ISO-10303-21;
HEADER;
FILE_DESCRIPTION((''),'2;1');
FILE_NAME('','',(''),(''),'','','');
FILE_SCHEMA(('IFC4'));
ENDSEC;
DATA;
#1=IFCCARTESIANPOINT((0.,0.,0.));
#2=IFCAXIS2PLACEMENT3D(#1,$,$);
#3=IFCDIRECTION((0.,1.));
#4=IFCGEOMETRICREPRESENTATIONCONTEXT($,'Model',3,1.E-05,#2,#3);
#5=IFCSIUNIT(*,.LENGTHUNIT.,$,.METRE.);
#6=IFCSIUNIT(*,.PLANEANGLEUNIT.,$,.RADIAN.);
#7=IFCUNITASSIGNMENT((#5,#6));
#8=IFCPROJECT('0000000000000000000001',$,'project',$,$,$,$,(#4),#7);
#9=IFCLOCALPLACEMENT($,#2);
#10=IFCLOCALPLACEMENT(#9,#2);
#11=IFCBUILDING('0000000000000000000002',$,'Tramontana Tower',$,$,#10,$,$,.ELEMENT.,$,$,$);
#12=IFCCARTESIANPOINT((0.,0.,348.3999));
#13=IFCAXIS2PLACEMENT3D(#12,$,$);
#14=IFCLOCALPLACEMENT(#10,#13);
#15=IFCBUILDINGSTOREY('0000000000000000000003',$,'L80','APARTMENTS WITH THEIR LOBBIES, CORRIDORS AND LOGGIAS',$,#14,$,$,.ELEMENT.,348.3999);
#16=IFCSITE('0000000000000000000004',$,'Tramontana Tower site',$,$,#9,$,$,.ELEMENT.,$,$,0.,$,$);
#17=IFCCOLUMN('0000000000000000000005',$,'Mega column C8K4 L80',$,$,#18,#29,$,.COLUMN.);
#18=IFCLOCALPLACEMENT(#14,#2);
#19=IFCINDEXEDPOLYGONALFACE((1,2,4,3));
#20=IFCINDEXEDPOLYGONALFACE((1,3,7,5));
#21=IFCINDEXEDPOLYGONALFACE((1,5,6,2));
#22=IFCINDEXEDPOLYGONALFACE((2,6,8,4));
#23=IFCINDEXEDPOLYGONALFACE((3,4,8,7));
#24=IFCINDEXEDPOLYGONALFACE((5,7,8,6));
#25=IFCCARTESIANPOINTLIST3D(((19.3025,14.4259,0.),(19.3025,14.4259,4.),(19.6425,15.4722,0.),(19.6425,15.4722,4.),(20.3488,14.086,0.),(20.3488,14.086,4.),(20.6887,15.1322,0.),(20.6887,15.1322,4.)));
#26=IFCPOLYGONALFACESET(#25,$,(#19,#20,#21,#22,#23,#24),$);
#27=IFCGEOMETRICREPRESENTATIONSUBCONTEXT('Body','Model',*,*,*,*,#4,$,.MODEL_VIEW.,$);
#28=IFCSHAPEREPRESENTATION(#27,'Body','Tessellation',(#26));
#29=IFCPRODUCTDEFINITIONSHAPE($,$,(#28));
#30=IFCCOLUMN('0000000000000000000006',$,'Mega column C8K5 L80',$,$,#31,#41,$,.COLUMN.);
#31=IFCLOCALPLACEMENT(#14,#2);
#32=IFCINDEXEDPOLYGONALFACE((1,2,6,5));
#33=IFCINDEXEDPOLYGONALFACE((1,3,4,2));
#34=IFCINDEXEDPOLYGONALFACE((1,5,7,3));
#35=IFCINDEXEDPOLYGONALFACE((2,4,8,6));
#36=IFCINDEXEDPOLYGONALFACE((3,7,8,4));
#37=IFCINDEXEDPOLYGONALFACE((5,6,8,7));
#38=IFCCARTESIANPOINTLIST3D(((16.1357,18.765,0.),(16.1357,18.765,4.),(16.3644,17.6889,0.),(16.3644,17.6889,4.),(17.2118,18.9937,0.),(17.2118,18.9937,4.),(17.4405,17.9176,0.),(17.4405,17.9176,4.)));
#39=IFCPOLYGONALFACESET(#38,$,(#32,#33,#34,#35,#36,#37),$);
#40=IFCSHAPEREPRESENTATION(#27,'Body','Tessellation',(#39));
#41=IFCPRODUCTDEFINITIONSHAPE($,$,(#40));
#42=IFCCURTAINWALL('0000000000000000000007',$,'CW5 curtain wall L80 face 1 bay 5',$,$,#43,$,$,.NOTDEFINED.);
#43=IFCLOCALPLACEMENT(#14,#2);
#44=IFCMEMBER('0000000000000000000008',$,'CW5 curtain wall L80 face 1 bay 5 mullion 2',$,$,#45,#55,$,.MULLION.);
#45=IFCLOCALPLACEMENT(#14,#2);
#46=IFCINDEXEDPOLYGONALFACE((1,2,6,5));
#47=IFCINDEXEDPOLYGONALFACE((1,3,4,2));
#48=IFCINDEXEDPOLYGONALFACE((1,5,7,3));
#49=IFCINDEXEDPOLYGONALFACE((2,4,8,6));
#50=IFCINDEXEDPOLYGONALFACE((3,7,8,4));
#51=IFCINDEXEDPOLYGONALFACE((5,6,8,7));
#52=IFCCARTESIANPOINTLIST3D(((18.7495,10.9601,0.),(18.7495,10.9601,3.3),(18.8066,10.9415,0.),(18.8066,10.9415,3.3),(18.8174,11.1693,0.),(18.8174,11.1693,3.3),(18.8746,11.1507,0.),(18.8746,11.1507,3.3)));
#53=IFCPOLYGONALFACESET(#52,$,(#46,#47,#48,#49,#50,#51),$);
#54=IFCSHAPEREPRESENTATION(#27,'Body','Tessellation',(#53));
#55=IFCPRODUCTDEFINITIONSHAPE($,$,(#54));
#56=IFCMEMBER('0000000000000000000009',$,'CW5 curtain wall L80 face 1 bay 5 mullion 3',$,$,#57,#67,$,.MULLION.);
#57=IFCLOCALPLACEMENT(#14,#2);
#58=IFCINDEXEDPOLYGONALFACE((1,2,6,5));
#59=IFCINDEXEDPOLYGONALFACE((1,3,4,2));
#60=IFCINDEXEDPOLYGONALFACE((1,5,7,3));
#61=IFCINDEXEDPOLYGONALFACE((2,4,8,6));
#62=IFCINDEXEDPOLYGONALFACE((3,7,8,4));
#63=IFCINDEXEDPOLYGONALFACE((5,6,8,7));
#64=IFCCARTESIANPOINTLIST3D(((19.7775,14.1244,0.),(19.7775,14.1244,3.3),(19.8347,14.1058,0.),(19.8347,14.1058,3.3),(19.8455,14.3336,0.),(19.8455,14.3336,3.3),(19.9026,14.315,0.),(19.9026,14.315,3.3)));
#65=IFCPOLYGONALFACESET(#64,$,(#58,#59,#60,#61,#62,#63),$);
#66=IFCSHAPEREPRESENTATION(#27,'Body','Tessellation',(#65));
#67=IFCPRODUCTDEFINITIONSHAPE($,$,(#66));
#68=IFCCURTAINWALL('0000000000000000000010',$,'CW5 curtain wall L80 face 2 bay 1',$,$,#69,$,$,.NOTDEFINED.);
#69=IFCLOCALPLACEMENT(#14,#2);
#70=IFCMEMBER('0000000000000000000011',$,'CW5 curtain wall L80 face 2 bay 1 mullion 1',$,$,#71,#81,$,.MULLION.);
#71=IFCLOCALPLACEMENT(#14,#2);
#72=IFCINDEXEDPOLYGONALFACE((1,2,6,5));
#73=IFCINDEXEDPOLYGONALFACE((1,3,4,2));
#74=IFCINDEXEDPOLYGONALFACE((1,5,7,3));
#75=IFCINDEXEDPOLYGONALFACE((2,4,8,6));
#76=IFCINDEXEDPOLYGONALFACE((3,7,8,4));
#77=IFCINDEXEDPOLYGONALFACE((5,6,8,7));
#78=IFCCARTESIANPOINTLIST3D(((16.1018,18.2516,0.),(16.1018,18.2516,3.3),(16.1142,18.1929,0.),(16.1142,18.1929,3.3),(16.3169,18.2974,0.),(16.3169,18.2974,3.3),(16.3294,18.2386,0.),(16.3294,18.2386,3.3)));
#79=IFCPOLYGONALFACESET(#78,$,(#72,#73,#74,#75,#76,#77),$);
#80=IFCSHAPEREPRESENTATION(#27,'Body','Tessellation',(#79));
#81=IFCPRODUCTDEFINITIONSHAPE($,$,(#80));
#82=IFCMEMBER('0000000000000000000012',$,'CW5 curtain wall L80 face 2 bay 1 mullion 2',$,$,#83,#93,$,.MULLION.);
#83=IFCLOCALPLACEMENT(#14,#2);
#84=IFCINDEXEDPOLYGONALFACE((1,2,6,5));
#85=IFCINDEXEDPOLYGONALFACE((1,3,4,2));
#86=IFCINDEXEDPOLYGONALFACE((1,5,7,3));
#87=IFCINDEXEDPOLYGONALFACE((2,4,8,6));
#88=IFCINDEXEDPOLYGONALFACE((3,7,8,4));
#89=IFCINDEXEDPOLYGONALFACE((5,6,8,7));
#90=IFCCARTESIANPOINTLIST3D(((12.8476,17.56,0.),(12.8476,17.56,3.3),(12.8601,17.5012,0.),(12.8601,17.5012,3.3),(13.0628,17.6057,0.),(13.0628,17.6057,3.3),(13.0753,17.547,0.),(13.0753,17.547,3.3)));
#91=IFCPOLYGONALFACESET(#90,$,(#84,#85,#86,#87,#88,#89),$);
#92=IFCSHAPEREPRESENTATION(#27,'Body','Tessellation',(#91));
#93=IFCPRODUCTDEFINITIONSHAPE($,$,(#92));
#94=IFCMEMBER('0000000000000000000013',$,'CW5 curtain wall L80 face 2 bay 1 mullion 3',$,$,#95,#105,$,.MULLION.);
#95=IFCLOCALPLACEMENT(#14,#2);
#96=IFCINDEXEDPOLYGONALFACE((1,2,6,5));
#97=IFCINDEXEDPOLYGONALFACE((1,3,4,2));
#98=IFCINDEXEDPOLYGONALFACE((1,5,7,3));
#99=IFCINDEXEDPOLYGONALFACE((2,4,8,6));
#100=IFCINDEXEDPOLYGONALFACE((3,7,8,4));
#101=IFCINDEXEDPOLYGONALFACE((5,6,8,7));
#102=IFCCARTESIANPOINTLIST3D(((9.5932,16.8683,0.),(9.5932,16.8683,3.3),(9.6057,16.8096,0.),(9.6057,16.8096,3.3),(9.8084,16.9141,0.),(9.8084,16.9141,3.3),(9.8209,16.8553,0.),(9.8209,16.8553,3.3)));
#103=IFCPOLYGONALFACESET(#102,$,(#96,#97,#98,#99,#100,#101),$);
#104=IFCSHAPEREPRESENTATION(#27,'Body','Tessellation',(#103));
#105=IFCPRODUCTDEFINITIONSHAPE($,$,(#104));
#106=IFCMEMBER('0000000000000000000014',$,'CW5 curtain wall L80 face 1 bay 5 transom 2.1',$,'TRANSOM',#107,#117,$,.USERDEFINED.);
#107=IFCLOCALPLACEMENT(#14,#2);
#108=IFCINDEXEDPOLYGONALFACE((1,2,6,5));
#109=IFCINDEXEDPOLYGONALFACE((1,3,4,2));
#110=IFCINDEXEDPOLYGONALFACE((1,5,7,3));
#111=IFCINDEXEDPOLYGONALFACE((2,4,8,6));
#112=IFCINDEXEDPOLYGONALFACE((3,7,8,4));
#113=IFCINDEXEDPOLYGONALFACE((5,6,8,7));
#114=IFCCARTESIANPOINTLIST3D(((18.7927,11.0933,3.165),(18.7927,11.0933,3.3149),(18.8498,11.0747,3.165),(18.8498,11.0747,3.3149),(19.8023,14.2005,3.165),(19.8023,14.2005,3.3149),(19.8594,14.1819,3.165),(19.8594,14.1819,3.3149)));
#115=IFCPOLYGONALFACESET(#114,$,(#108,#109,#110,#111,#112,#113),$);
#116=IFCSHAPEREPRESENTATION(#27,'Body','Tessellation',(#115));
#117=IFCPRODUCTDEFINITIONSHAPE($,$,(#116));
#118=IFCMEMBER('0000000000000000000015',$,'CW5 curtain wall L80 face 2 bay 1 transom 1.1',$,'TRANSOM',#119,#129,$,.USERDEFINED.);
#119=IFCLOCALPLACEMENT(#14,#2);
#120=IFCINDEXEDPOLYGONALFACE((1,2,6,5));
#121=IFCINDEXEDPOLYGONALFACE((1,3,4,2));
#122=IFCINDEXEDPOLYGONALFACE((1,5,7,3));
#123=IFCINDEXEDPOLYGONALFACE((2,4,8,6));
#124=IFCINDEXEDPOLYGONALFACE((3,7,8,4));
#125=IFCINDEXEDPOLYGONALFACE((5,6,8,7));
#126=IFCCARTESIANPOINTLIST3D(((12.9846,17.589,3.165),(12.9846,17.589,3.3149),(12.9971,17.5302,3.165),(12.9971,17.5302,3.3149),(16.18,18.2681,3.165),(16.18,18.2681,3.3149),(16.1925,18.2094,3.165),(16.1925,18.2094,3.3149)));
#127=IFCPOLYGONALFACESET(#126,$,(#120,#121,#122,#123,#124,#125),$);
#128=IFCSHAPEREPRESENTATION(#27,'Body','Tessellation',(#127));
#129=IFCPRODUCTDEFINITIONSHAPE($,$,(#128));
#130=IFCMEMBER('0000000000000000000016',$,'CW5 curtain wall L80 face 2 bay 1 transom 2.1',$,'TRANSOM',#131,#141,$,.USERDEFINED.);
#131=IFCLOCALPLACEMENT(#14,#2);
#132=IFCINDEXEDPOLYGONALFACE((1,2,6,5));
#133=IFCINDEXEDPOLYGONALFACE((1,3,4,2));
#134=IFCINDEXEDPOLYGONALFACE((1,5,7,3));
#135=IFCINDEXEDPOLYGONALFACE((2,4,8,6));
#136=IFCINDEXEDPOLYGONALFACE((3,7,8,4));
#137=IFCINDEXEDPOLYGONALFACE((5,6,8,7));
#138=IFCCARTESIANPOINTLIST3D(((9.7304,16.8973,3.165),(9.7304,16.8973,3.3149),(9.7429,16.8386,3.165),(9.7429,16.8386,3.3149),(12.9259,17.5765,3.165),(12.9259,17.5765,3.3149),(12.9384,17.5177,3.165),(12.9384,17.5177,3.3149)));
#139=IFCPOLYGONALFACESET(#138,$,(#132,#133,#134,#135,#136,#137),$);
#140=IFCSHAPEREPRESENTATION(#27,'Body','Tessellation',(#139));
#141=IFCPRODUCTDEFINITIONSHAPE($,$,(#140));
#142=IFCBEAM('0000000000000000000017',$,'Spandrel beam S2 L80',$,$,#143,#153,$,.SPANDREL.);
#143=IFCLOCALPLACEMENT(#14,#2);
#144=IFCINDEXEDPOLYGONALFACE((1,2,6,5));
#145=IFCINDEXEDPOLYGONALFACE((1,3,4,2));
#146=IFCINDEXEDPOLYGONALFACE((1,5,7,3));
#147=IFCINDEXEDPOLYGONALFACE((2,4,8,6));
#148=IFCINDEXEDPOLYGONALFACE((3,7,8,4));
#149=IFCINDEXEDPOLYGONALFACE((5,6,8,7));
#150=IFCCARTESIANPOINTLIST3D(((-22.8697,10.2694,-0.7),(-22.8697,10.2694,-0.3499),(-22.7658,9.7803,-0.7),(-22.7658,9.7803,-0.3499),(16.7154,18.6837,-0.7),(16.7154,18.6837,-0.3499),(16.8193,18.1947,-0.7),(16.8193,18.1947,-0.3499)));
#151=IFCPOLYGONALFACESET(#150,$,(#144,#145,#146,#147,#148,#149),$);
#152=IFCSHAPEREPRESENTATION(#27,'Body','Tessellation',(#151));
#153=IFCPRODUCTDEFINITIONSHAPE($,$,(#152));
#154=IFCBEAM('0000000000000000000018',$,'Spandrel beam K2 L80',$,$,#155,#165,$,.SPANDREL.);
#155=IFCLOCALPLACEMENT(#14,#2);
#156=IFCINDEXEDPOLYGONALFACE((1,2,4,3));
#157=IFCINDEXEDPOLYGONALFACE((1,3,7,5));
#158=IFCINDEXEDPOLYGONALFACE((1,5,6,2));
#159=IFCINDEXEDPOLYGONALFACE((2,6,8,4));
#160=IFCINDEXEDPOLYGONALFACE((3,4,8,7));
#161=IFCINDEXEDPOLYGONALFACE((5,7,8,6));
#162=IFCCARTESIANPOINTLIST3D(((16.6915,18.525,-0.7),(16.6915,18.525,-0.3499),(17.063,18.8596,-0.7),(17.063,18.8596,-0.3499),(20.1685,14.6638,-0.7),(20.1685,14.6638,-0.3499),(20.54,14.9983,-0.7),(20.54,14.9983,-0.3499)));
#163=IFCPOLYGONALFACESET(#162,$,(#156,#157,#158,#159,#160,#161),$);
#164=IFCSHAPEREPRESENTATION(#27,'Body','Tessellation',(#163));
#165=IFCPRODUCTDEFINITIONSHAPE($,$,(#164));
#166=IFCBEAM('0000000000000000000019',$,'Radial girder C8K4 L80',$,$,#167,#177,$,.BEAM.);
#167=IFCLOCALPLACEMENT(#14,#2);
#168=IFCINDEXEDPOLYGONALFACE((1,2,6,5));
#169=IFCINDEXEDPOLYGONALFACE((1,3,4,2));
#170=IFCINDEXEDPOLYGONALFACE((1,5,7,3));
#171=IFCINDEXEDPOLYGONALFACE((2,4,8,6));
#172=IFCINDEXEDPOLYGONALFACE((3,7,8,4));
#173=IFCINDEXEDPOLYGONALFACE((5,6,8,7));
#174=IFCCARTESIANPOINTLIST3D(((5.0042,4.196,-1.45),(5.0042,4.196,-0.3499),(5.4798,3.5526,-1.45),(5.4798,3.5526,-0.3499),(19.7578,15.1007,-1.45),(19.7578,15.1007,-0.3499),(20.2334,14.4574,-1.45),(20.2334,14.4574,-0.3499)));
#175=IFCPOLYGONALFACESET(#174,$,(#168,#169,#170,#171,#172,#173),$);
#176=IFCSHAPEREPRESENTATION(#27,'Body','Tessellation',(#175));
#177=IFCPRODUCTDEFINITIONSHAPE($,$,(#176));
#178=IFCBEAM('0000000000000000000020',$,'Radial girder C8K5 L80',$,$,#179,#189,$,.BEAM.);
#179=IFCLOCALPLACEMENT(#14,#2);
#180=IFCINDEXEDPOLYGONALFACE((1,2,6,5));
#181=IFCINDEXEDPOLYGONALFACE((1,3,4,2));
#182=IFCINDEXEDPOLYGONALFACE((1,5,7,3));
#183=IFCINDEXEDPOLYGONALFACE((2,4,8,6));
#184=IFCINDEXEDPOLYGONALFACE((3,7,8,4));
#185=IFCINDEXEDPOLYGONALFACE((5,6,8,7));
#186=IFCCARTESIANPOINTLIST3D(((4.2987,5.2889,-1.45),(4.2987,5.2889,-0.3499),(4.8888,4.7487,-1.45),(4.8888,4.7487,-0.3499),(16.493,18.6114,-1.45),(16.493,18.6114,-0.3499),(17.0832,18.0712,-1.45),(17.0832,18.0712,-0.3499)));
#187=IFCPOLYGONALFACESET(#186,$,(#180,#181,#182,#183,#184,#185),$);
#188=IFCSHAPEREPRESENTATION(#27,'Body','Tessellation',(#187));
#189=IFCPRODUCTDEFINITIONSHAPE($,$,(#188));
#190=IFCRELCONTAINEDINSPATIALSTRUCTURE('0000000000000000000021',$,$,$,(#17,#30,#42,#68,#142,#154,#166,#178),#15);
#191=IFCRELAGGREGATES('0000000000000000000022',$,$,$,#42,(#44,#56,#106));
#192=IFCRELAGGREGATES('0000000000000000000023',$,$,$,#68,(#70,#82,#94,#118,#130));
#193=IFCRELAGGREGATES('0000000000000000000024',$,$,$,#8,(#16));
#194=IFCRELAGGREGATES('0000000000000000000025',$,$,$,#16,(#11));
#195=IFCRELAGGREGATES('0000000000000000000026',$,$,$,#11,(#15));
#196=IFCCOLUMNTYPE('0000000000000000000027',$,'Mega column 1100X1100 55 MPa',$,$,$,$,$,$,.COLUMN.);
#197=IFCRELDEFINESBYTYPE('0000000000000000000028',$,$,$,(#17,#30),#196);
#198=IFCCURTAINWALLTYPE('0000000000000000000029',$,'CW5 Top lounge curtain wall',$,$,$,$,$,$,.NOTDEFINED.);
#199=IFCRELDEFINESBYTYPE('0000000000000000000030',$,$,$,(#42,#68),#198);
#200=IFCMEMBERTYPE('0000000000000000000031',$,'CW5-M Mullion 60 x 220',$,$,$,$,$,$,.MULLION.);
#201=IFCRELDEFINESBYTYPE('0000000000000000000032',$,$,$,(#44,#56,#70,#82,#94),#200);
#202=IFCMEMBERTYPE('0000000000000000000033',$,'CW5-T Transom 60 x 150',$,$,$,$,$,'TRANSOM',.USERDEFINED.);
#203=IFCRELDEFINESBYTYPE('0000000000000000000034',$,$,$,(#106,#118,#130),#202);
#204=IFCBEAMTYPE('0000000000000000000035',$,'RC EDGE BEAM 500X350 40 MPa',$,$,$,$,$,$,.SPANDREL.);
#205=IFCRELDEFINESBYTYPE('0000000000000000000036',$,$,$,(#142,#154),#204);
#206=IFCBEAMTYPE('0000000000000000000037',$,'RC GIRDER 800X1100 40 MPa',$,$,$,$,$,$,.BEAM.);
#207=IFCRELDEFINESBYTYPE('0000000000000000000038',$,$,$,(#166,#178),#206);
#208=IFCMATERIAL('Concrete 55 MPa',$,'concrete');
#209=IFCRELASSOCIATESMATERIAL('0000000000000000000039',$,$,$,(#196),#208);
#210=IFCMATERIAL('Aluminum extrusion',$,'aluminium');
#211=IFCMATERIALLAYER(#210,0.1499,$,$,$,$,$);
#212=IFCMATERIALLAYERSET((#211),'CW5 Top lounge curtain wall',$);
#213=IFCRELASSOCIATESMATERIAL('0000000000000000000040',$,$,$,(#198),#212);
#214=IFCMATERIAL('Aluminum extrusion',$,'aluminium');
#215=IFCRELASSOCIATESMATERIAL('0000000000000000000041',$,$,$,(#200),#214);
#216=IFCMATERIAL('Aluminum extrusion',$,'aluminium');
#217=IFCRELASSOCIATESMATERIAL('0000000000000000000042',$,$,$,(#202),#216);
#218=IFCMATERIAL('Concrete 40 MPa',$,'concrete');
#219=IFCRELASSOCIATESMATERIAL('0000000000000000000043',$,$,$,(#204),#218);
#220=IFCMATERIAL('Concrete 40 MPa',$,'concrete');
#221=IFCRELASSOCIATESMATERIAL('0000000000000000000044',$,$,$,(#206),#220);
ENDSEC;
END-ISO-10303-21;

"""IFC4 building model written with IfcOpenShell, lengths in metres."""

from ifc_helpers import new_model, si_unit, direction, frame, origin, origin_2d, place, context, subcontext, project, spatial, rectangle, extrude, material, layer, layer_set, material_profile, profile_set, type_object, element, aggregate, save


model = new_model("IFC4")

# Units and contexts
model_context = context("Model", 3, precision=1e-05, world=origin(), true_north=direction((0.0, 1.0)))
body_context = subcontext(model_context, "Body", "Model", "MODEL_VIEW")
ifc_project = project(units=[si_unit("LENGTHUNIT", "METRE"), si_unit("PLANEANGLEUNIT", "RADIAN")], contexts=[model_context])

# Site, building, storey
site_placement = place(None, origin())
site = spatial("IfcSite", under=ifc_project, at=site_placement, Name="Tramontana Tower site", CompositionType="ELEMENT", RefElevation=0.0)
building_placement = place(site_placement, origin())
building = spatial("IfcBuilding", under=site, at=building_placement, Name="Tramontana Tower", CompositionType="ELEMENT")
storey_placement = place(building_placement, frame((0.0, 0.0, 348.3999)))
storey = spatial("IfcBuildingStorey", under=building, at=storey_placement, Name="L80", Description="APARTMENTS WITH THEIR LOBBIES, CORRIDORS AND LOGGIAS", CompositionType="ELEMENT", Elevation=348.3999)

# Columns
ifc_material_1 = material(Name="Concrete 55 MPa", Category="concrete")
ifc_material_profile_1 = material_profile(ifc_material_1, rectangle(XDim=1.1001, YDim=1.1001, at=origin_2d()), Name="Mega column 1100X1100 55 MPa")
ifc_profile_set_1 = profile_set([ifc_material_profile_1], Name="Concrete 55 MPa")
column_type = type_object("IfcColumnType", Name="Mega column 1100X1100 55 MPa", PredefinedType="COLUMN", material=ifc_profile_set_1)
for number, where, z_axis, x_axis, name in (
    (1, (19.9956, 14.7791, 0.0), (0.0, 0.0, 1.0), (0.309017, 0.951057, 0.0), "Mega column C8K4 L80"),
    (2, (16.7881, 18.3413, 0.0), (0.0, 0.0, 1.0), (-0.978148, -0.207912, 0.0), "Mega column C8K5 L80"),
):
    element("IfcColumn", number, at=place(storey_placement, frame(where, z_axis=z_axis, x_axis=x_axis)), inside=storey, type_object=column_type, Name=name, PredefinedType="COLUMN", context=body_context, shape_type="SweptSolid", body=[
        extrude(rectangle(XDim=1.1001, YDim=1.1001, at=origin_2d()), origin(), (0.0, 0.0, 1.0), 4.0),
    ])

# Curtain walls, members
ifc_material_2 = material(Name="Aluminum extrusion", Category="aluminium")
ifc_layer_1 = layer(ifc_material_2, 0.1499)
ifc_layer_set_1 = layer_set([ifc_layer_1], Name="CW5 Top lounge curtain wall")
curtain_wall_type = type_object("IfcCurtainWallType", Name="CW5 Top lounge curtain wall", PredefinedType="NOTDEFINED", material=ifc_layer_set_1)
curtain_wall_1_placement = place(storey_placement, origin())
curtain_wall_1 = element("IfcCurtainWall", 3, at=curtain_wall_1_placement, inside=storey, type_object=curtain_wall_type, Name="CW5 curtain wall L80 face 1 bay 5", PredefinedType="NOTDEFINED")
ifc_material_3 = material(Name="Aluminum extrusion", Category="aluminium")
ifc_material_profile_2 = material_profile(ifc_material_3, rectangle(XDim=0.0601, YDim=0.22, at=origin_2d()), Name="CW5-M Mullion 60 x 220")
ifc_profile_set_2 = profile_set([ifc_material_profile_2], Name="Aluminum extrusion")
member_type_1 = type_object("IfcMemberType", Name="CW5-M Mullion 60 x 220", PredefinedType="MULLION", material=ifc_profile_set_2)
member_1_placement = place(storey_placement, frame((18.812, 11.0554, 0.0), z_axis=(0.0, 0.0, 1.0), x_axis=(-0.951057, 0.309017, 0.0)))
member_1 = element("IfcMember", 4, at=member_1_placement, type_object=member_type_1, Name="CW5 curtain wall L80 face 1 bay 5 mullion 2", PredefinedType="MULLION", context=body_context, shape_type="SweptSolid", body=[
    extrude(rectangle(XDim=0.0601, YDim=0.22, at=origin_2d()), origin(), (0.0, 0.0, 1.0), 3.3),
])
member_2_placement = place(storey_placement, frame((19.8401, 14.2197, 0.0), z_axis=(0.0, 0.0, 1.0), x_axis=(-0.951057, 0.309017, 0.0)))
member_2 = element("IfcMember", 5, at=member_2_placement, type_object=member_type_1, Name="CW5 curtain wall L80 face 1 bay 5 mullion 3", PredefinedType="MULLION", context=body_context, shape_type="SweptSolid", body=[
    extrude(rectangle(XDim=0.0601, YDim=0.22, at=origin_2d()), origin(), (0.0, 0.0, 1.0), 3.3),
])
curtain_wall_2_placement = place(storey_placement, origin())
curtain_wall_2 = element("IfcCurtainWall", 6, at=curtain_wall_2_placement, inside=storey, type_object=curtain_wall_type, Name="CW5 curtain wall L80 face 2 bay 1", PredefinedType="NOTDEFINED")
member_3_placement = place(storey_placement, frame((16.2156, 18.2451, 0.0), z_axis=(0.0, 0.0, 1.0), x_axis=(0.207912, -0.978148, 0.0)))
member_3 = element("IfcMember", 7, at=member_3_placement, type_object=member_type_1, Name="CW5 curtain wall L80 face 2 bay 1 mullion 1", PredefinedType="MULLION", context=body_context, shape_type="SweptSolid", body=[
    extrude(rectangle(XDim=0.0601, YDim=0.22, at=origin_2d()), origin(), (0.0, 0.0, 1.0), 3.3),
])
member_4_placement = place(storey_placement, frame((12.9614, 17.5535, 0.0), z_axis=(0.0, 0.0, 1.0), x_axis=(0.207912, -0.978148, 0.0)))
member_4 = element("IfcMember", 8, at=member_4_placement, type_object=member_type_1, Name="CW5 curtain wall L80 face 2 bay 1 mullion 2", PredefinedType="MULLION", context=body_context, shape_type="SweptSolid", body=[
    extrude(rectangle(XDim=0.0601, YDim=0.22, at=origin_2d()), origin(), (0.0, 0.0, 1.0), 3.3),
])
member_5_placement = place(storey_placement, frame((9.707, 16.8618, 0.0), z_axis=(0.0, 0.0, 1.0), x_axis=(0.207912, -0.978148, 0.0)))
member_5 = element("IfcMember", 9, at=member_5_placement, type_object=member_type_1, Name="CW5 curtain wall L80 face 2 bay 1 mullion 3", PredefinedType="MULLION", context=body_context, shape_type="SweptSolid", body=[
    extrude(rectangle(XDim=0.0601, YDim=0.22, at=origin_2d()), origin(), (0.0, 0.0, 1.0), 3.3),
])

# Members
ifc_material_4 = material(Name="Aluminum extrusion", Category="aluminium")
ifc_material_profile_3 = material_profile(ifc_material_4, rectangle(XDim=0.0601, YDim=0.1499, at=origin_2d()), Name="CW5-T Transom 60 x 150")
ifc_profile_set_3 = profile_set([ifc_material_profile_3], Name="Aluminum extrusion")
member_type_2 = type_object("IfcMemberType", Name="CW5-T Transom 60 x 150", ElementType="TRANSOM", PredefinedType="USERDEFINED", material=ifc_profile_set_3)
member_6_placement = place(storey_placement, frame((18.8213, 11.084, 3.24), z_axis=(0.309, 0.951062, 0.0), x_axis=(-0.951062, 0.309, 0.0)))
member_6 = element("IfcMember", 10, at=member_6_placement, type_object=member_type_2, Name="CW5 curtain wall L80 face 1 bay 5 transom 2.1", ObjectType="TRANSOM", PredefinedType="USERDEFINED", context=body_context, shape_type="SweptSolid", body=[
    extrude(rectangle(XDim=0.0601, YDim=0.1499, at=origin_2d()), origin(), (0.0, 0.0, 1.0), 3.2671),
])
member_7_placement = place(storey_placement, frame((16.1863, 18.2388, 3.24), z_axis=(-0.97815, -0.207901, 0.0), x_axis=(0.207901, -0.97815, 0.0)))
member_7 = element("IfcMember", 11, at=member_7_placement, type_object=member_type_2, Name="CW5 curtain wall L80 face 2 bay 1 transom 1.1", ObjectType="TRANSOM", PredefinedType="USERDEFINED", context=body_context, shape_type="SweptSolid", body=[
    extrude(rectangle(XDim=0.0601, YDim=0.1499, at=origin_2d()), origin(), (0.0, 0.0, 1.0), 3.2668),
])
member_8_placement = place(storey_placement, frame((12.9321, 17.5471, 3.24), z_axis=(-0.97815, -0.207901, 0.0), x_axis=(0.207901, -0.97815, 0.0)))
member_8 = element("IfcMember", 12, at=member_8_placement, type_object=member_type_2, Name="CW5 curtain wall L80 face 2 bay 1 transom 2.1", ObjectType="TRANSOM", PredefinedType="USERDEFINED", context=body_context, shape_type="SweptSolid", body=[
    extrude(rectangle(XDim=0.0601, YDim=0.1499, at=origin_2d()), origin(), (0.0, 0.0, 1.0), 3.2668),
])

# Beams
ifc_material_5 = material(Name="Concrete 40 MPa", Category="concrete")
ifc_material_profile_4 = material_profile(ifc_material_5, rectangle(XDim=0.5, YDim=0.3501, at=origin_2d()), Name="RC EDGE BEAM 500X350 40 MPa")
ifc_profile_set_4 = profile_set([ifc_material_profile_4], Name="Concrete 40 MPa")
beam_type_1 = type_object("IfcBeamType", Name="RC EDGE BEAM 500X350 40 MPa", PredefinedType="SPANDREL", material=ifc_profile_set_4)
beam_1_placement = place(storey_placement, frame((16.7673, 18.4392, -0.5249), z_axis=(-0.978146, -0.207918, 0.0), x_axis=(0.207918, -0.978146, 0.0)))
element("IfcBeam", 13, at=beam_1_placement, inside=storey, type_object=beam_type_1, Name="Spandrel beam S2 L80", PredefinedType="SPANDREL", context=body_context, shape_type="SweptSolid", body=[
    extrude(rectangle(XDim=0.5, YDim=0.3501, at=origin_2d()), origin(), (0.0, 0.0, 1.0), 40.4695),
])
beam_2_placement = place(storey_placement, frame((20.3542, 14.8311, -0.5249), z_axis=(-0.669162, 0.743117, 0.0), x_axis=(-0.743117, -0.669162, 0.0)))
element("IfcBeam", 14, at=beam_2_placement, inside=storey, type_object=beam_type_1, Name="Spandrel beam K2 L80", PredefinedType="SPANDREL", context=body_context, shape_type="SweptSolid", body=[
    extrude(rectangle(XDim=0.5, YDim=0.3501, at=origin_2d()), origin(), (0.0, 0.0, 1.0), 5.196),
])
ifc_material_6 = material(Name="Concrete 40 MPa", Category="concrete")
ifc_material_profile_5 = material_profile(ifc_material_6, rectangle(XDim=0.8, YDim=1.1001, at=origin_2d()), Name="RC GIRDER 800X1100 40 MPa")
ifc_profile_set_5 = profile_set([ifc_material_profile_5], Name="Concrete 40 MPa")
beam_type_2 = type_object("IfcBeamType", Name="RC GIRDER 800X1100 40 MPa", PredefinedType="BEAM", material=ifc_profile_set_5)
beam_3_placement = place(storey_placement, frame((19.9956, 14.7791, -0.8999), z_axis=(-0.804179, -0.594388, 0.0), x_axis=(0.594388, -0.804179, 0.0)))
element("IfcBeam", 15, at=beam_3_placement, inside=storey, type_object=beam_type_2, Name="Radial girder C8K4 L80", PredefinedType="BEAM", context=body_context, shape_type="SweptSolid", body=[
    extrude(rectangle(XDim=0.8, YDim=1.1001, at=origin_2d()), origin(), (0.0, 0.0, 1.0), 18.3462),
])
beam_4_placement = place(storey_placement, frame((16.7881, 18.3413, -0.8999), z_axis=(-0.675184, -0.737649, 0.0), x_axis=(0.737649, -0.675184, 0.0)))
element("IfcBeam", 16, at=beam_4_placement, inside=storey, type_object=beam_type_2, Name="Radial girder C8K5 L80", PredefinedType="BEAM", context=body_context, shape_type="SweptSolid", body=[
    extrude(rectangle(XDim=0.8, YDim=1.1001, at=origin_2d()), origin(), (0.0, 0.0, 1.0), 18.0608),
])

aggregate(curtain_wall_1, [member_1, member_2, member_6])
aggregate(curtain_wall_2, [member_3, member_4, member_5, member_7, member_8])

save(model, "model.ifc")
